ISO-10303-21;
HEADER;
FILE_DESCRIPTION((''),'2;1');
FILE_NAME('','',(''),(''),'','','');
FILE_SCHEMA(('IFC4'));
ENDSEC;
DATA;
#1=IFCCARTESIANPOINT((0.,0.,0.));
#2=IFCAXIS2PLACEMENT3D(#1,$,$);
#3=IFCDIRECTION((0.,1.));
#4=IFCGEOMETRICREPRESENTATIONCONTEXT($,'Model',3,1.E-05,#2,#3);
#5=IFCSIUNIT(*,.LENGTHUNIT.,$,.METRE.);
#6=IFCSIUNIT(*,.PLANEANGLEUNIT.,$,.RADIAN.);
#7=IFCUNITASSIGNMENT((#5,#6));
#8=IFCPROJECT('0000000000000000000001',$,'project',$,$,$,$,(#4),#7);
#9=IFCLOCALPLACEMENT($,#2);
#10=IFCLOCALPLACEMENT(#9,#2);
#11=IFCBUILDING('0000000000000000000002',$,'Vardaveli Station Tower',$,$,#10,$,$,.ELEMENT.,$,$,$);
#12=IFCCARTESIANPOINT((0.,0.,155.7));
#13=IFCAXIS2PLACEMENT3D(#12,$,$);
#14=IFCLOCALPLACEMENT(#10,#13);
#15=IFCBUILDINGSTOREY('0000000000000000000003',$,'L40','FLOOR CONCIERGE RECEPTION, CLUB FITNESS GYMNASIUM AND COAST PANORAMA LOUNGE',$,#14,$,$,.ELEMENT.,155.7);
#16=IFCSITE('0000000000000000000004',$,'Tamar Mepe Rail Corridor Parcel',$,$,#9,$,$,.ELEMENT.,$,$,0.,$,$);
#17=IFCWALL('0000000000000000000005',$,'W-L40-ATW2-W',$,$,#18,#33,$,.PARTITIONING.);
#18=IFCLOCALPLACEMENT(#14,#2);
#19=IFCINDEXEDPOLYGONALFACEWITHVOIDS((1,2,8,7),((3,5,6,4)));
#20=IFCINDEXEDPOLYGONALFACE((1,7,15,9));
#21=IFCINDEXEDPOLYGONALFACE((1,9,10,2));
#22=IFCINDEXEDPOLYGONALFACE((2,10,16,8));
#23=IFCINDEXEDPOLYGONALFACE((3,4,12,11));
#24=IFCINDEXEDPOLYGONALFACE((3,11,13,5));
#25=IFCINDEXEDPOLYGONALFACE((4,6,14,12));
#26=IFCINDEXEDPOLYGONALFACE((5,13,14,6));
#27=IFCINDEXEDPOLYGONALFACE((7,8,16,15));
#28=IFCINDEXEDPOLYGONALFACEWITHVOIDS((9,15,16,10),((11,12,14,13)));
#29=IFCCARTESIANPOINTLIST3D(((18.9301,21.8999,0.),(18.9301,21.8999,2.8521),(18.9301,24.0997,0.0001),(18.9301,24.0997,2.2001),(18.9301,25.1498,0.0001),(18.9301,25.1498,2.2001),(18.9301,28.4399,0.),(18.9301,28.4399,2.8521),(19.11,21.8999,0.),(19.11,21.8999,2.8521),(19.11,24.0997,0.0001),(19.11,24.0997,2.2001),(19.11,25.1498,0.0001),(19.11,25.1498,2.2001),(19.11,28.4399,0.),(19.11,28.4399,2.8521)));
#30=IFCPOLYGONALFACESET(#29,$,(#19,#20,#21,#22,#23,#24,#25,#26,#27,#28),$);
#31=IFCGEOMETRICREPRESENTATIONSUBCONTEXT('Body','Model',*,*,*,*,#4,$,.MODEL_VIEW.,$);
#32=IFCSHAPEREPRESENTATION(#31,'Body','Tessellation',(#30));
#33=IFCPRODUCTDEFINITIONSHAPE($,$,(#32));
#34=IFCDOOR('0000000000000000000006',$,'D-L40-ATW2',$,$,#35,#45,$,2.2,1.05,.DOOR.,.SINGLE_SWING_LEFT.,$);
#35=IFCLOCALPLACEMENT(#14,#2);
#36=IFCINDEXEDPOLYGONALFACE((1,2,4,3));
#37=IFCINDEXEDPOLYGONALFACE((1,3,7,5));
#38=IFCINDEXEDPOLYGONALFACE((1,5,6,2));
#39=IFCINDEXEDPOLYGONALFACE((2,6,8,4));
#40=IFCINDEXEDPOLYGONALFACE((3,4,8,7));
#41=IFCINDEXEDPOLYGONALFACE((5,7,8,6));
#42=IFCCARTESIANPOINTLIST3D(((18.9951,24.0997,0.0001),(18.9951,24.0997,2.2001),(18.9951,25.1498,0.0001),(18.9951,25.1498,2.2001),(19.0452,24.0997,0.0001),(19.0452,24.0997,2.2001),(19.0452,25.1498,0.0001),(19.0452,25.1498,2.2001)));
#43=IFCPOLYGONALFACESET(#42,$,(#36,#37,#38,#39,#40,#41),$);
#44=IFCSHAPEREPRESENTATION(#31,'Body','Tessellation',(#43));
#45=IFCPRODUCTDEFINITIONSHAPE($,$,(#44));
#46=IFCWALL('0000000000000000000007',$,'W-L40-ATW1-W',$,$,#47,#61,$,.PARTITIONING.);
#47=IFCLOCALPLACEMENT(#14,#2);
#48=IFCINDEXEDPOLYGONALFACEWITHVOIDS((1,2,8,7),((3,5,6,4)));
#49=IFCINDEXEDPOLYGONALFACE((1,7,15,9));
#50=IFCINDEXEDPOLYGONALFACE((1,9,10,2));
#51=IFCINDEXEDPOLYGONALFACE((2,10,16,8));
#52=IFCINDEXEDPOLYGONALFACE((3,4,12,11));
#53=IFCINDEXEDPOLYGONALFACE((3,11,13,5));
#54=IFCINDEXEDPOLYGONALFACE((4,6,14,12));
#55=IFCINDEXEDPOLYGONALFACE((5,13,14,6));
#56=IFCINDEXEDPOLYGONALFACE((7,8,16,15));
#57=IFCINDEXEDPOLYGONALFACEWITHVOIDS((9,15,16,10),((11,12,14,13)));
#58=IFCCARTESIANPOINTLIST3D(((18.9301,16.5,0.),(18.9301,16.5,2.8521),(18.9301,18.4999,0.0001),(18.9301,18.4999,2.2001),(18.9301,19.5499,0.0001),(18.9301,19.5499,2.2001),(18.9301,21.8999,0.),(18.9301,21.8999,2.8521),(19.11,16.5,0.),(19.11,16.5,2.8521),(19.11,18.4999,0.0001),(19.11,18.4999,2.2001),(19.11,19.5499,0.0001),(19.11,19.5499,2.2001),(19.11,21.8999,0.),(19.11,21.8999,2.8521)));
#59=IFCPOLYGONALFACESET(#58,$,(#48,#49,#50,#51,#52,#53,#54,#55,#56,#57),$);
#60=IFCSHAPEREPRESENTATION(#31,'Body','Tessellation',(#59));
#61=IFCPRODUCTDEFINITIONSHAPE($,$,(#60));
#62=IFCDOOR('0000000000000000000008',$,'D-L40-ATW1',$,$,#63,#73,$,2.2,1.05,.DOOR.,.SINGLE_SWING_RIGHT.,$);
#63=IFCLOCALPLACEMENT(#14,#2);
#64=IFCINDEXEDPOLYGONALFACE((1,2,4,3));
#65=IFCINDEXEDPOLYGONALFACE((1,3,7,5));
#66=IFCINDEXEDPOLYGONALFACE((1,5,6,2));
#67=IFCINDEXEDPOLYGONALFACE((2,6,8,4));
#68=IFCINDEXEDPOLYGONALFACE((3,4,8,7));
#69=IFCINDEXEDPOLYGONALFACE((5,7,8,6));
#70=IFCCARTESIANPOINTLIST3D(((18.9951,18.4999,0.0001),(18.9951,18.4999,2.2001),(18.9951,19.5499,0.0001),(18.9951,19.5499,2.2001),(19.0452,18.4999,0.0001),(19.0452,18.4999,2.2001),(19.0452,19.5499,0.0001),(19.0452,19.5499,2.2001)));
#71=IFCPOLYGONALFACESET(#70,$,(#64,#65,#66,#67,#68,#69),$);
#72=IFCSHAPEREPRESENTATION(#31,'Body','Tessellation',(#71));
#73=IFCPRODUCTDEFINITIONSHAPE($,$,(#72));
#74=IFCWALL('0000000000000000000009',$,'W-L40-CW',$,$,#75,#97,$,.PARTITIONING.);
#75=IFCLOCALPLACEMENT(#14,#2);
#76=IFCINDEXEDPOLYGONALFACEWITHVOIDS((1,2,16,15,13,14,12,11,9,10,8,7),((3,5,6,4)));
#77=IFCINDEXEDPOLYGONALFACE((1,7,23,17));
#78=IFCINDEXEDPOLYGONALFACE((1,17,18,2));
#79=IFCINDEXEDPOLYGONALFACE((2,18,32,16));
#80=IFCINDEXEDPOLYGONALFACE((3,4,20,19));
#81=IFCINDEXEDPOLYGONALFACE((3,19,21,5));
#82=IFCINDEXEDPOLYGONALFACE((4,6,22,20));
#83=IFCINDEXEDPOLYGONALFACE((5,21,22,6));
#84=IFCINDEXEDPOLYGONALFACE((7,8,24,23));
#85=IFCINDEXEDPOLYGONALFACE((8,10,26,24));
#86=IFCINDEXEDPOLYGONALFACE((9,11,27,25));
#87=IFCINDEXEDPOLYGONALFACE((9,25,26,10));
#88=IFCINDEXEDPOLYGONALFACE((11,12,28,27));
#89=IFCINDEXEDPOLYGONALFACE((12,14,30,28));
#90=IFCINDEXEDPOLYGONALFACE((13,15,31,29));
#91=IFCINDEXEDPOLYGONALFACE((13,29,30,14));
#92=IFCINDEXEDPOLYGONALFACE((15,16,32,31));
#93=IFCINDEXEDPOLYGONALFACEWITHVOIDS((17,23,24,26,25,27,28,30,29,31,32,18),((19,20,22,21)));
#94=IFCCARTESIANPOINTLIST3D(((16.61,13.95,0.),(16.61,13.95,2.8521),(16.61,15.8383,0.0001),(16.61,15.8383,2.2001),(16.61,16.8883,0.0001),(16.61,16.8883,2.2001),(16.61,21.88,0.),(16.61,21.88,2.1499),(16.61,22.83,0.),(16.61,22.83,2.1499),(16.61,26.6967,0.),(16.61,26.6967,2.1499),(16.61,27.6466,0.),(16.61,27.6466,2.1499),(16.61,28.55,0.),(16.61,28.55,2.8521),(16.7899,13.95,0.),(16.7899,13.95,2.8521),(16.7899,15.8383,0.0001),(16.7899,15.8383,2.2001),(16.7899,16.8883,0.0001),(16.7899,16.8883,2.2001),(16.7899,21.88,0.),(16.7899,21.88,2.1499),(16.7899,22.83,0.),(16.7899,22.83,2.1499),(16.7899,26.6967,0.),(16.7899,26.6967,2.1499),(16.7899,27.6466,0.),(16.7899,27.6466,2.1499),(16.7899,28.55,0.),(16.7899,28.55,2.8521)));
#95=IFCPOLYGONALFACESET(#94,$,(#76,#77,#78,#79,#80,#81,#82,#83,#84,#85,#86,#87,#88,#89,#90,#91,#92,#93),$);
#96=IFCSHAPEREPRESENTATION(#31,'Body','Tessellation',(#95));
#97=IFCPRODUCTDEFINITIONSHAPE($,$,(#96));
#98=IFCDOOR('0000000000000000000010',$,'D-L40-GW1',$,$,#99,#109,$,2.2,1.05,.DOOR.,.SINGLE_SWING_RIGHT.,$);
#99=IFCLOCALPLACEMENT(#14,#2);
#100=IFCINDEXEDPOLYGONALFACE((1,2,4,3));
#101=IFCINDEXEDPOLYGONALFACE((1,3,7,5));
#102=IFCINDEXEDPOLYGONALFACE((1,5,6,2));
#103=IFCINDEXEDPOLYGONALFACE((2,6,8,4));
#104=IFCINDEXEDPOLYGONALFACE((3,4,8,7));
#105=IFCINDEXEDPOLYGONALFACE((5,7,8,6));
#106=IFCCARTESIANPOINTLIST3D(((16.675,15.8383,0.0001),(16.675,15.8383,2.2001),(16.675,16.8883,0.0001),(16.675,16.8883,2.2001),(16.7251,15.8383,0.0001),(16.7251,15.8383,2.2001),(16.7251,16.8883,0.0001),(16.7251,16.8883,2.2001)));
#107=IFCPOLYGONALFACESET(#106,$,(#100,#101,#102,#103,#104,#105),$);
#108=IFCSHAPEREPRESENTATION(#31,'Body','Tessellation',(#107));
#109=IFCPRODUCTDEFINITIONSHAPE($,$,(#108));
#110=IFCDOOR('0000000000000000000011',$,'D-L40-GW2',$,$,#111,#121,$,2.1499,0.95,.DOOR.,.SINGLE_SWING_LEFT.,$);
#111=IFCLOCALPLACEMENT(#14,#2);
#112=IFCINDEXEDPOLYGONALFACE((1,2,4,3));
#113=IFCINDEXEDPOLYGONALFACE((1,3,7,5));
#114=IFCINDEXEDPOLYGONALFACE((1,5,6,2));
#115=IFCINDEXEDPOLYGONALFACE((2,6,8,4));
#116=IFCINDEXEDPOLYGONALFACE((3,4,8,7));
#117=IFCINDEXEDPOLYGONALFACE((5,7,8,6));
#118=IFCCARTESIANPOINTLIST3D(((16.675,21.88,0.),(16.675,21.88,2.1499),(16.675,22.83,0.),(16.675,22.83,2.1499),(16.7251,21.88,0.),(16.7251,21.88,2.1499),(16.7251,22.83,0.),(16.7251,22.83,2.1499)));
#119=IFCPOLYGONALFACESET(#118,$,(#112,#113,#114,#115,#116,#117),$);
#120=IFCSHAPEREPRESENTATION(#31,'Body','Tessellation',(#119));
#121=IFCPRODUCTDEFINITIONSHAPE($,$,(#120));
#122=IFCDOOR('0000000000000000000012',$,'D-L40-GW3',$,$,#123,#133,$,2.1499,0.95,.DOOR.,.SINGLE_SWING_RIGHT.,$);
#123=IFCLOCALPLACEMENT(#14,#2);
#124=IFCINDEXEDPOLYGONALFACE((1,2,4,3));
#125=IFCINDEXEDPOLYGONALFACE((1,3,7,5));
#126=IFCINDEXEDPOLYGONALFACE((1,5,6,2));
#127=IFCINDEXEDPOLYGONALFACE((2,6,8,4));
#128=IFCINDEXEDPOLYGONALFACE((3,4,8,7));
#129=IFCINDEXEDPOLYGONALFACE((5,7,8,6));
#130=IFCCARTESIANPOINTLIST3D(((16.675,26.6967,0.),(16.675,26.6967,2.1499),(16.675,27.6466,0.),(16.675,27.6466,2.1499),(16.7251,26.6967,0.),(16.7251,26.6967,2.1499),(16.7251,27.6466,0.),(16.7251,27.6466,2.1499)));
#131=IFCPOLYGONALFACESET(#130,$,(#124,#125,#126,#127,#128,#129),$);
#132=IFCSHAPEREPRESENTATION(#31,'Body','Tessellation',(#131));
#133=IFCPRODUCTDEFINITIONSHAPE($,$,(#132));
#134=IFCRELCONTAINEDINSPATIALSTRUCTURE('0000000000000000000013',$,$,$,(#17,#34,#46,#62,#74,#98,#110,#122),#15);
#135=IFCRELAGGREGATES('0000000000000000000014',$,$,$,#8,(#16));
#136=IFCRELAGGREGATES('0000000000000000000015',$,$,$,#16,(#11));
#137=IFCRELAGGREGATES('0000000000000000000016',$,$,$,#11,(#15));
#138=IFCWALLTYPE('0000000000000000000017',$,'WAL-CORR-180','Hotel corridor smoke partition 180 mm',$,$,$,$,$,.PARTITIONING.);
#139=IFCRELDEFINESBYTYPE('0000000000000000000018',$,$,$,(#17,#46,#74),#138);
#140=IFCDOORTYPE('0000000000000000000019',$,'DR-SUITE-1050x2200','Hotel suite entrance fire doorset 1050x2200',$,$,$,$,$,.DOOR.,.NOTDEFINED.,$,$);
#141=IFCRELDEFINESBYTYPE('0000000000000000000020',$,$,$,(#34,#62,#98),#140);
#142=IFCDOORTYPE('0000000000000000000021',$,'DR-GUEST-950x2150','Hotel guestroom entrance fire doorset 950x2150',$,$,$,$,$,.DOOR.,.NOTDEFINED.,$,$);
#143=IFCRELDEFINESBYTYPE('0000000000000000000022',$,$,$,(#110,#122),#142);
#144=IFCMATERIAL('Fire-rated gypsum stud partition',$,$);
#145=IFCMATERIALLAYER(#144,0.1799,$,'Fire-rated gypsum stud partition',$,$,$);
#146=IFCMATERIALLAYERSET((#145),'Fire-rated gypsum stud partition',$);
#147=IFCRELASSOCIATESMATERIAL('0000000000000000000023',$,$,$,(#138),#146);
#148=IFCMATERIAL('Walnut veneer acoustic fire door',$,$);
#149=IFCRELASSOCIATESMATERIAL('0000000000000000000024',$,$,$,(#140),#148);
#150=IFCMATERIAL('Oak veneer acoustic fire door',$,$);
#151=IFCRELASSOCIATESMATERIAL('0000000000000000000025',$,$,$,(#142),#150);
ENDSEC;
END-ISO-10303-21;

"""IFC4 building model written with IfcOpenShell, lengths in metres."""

from ifc_helpers import new_model, si_unit, direction, frame, frame_2d, origin, place, context, subcontext, project, spatial, rectangle, extrude, source, transform, mapped, material, layer, layer_set, type_object, element, fill, save


model = new_model("IFC4")

# Units and contexts
model_context = context("Model", 3, precision=1e-05, world=origin(), true_north=direction((0.0, 1.0)))
body_context = subcontext(model_context, "Body", "Model", "MODEL_VIEW")
ifc_project = project(units=[si_unit("LENGTHUNIT", "METRE"), si_unit("PLANEANGLEUNIT", "RADIAN")], contexts=[model_context])

# Site, building, storey
site_placement = place(None, origin())
site = spatial("IfcSite", under=ifc_project, at=site_placement, Name="Tamar Mepe Rail Corridor Parcel", CompositionType="ELEMENT", RefElevation=0.0)
building_placement = place(site_placement, origin())
building = spatial("IfcBuilding", under=site, at=building_placement, Name="Vardaveli Station Tower", CompositionType="ELEMENT")
storey_placement = place(building_placement, frame((0.0, 0.0, 155.7)))
storey = spatial("IfcBuildingStorey", under=building, at=storey_placement, Name="L40", Description="FLOOR CONCIERGE RECEPTION, CLUB FITNESS GYMNASIUM AND COAST PANORAMA LOUNGE", CompositionType="ELEMENT", Elevation=155.7)

# Walls, openings, doors
ifc_material_1 = material(Name="Fire-rated gypsum stud partition")
ifc_layer_1 = layer(ifc_material_1, 0.1799, Name="Fire-rated gypsum stud partition")
ifc_layer_set_1 = layer_set([ifc_layer_1], Name="Fire-rated gypsum stud partition")
wall_type_1 = type_object("IfcWallType", Name="WAL-CORR-180", Description="Hotel corridor smoke partition 180 mm", PredefinedType="PARTITIONING", material=ifc_layer_set_1)
shared_shape_1 = source(origin(), body_context, "Body", "SweptSolid", [
    extrude(rectangle(XDim=6.54, YDim=0.1799, at=frame_2d((3.27, 0.0))), origin(), (0.0, 0.0, 1.0), 2.8521),
])
wall_1_placement = place(storey_placement, frame((19.02, 21.8999, 0.0), z_axis=(0.0, 0.0, 1.0), x_axis=(0.0, 1.0, 0.0)))
wall_1 = element("IfcWall", 1, at=wall_1_placement, inside=storey, type_object=wall_type_1, Name="W-L40-ATW2-W", PredefinedType="PARTITIONING", context=body_context, shape_type="MappedRepresentation", body=[
    mapped(shared_shape_1, transform((0.0, 0.0, 0.0), scale=1.0)),
])
shared_shape_2 = source(origin(), body_context, "Body", "SweptSolid", [
    extrude(rectangle(XDim=1.05, YDim=2.2, at=frame_2d((0.5249, 1.1001))), frame((0.0, 0.1001, 0.0), z_axis=(0.0, -1.0, 0.0), x_axis=(1.0, 0.0, 0.0)), (0.0, 0.0, 1.0), 0.2),
])
opening_1_placement = place(wall_1_placement, frame((2.2, 0.0, 0.0)))
opening_1 = element("IfcOpeningElement", 2, at=opening_1_placement, cuts=wall_1, PredefinedType="OPENING", context=body_context, shape_type="MappedRepresentation", body=[
    mapped(shared_shape_2, transform((0.0, 0.0, 0.0), scale=1.0)),
])
ifc_material_2 = material(Name="Walnut veneer acoustic fire door")
door_type_1 = type_object("IfcDoorType", Name="DR-SUITE-1050x2200", Description="Hotel suite entrance fire doorset 1050x2200", OperationType="NOTDEFINED", PredefinedType="DOOR", material=ifc_material_2)
shared_shape_3 = source(origin(), body_context, "Body", "SweptSolid", [
    extrude(rectangle(XDim=1.05, YDim=2.2, at=frame_2d((0.5249, 1.1001))), frame((0.0, 0.0249, 0.0), z_axis=(0.0, -1.0, 0.0), x_axis=(1.0, 0.0, 0.0)), (0.0, 0.0, 1.0), 0.05),
])
door_1_placement = place(opening_1_placement, origin())
door_1 = element("IfcDoor", 3, at=door_1_placement, inside=storey, type_object=door_type_1, Name="D-L40-ATW2", OperationType="SINGLE_SWING_LEFT", OverallHeight=2.2, OverallWidth=1.05, PredefinedType="DOOR", context=body_context, shape_type="MappedRepresentation", body=[
    mapped(shared_shape_3, transform((0.0, 0.0, 0.0), scale=1.0)),
])
fill(opening_1, door_1)
shared_shape_4 = source(origin(), body_context, "Body", "SweptSolid", [
    extrude(rectangle(XDim=5.3999, YDim=0.1799, at=frame_2d((2.7, 0.0))), origin(), (0.0, 0.0, 1.0), 2.8521),
])
wall_2_placement = place(storey_placement, frame((19.02, 16.5, 0.0), z_axis=(0.0, 0.0, 1.0), x_axis=(0.0, 1.0, 0.0)))
wall_2 = element("IfcWall", 4, at=wall_2_placement, inside=storey, type_object=wall_type_1, Name="W-L40-ATW1-W", PredefinedType="PARTITIONING", context=body_context, shape_type="MappedRepresentation", body=[
    mapped(shared_shape_4, transform((0.0, 0.0, 0.0), scale=1.0)),
])
opening_2_placement = place(wall_2_placement, frame((2.0, 0.0, 0.0)))
opening_2 = element("IfcOpeningElement", 5, at=opening_2_placement, cuts=wall_2, PredefinedType="OPENING", context=body_context, shape_type="MappedRepresentation", body=[
    mapped(shared_shape_2, transform((0.0, 0.0, 0.0), scale=1.0)),
])
door_2_placement = place(opening_2_placement, origin())
door_2 = element("IfcDoor", 6, at=door_2_placement, inside=storey, type_object=door_type_1, Name="D-L40-ATW1", OperationType="SINGLE_SWING_RIGHT", OverallHeight=2.2, OverallWidth=1.05, PredefinedType="DOOR", context=body_context, shape_type="MappedRepresentation", body=[
    mapped(shared_shape_3, transform((0.0, 0.0, 0.0), scale=1.0)),
])
fill(opening_2, door_2)

# Wall, openings, doors
shared_shape_5 = source(origin(), body_context, "Body", "SweptSolid", [
    extrude(rectangle(XDim=14.6001, YDim=0.1799, at=frame_2d((7.3, 0.0))), origin(), (0.0, 0.0, 1.0), 2.8521),
])
wall_3_placement = place(storey_placement, frame((16.7, 13.95, 0.0), z_axis=(0.0, 0.0, 1.0), x_axis=(0.0, 1.0, 0.0)))
wall_3 = element("IfcWall", 7, at=wall_3_placement, inside=storey, type_object=wall_type_1, Name="W-L40-CW", PredefinedType="PARTITIONING", context=body_context, shape_type="MappedRepresentation", body=[
    mapped(shared_shape_5, transform((0.0, 0.0, 0.0), scale=1.0)),
])
opening_3_placement = place(wall_3_placement, frame((1.8884, 0.0, 0.0)))
opening_3 = element("IfcOpeningElement", 8, at=opening_3_placement, cuts=wall_3, PredefinedType="OPENING", context=body_context, shape_type="MappedRepresentation", body=[
    mapped(shared_shape_2, transform((0.0, 0.0, 0.0), scale=1.0)),
])
shared_shape_6 = source(origin(), body_context, "Body", "SweptSolid", [
    extrude(rectangle(XDim=0.95, YDim=2.1499, at=frame_2d((0.4751, 1.075))), frame((0.0, 0.1001, 0.0), z_axis=(0.0, -1.0, 0.0), x_axis=(1.0, 0.0, 0.0)), (0.0, 0.0, 1.0), 0.2),
])
opening_4_placement = place(wall_3_placement, frame((7.9299, 0.0, 0.0)))
opening_4 = element("IfcOpeningElement", 9, at=opening_4_placement, cuts=wall_3, PredefinedType="OPENING", context=body_context, shape_type="MappedRepresentation", body=[
    mapped(shared_shape_6, transform((0.0, 0.0, 0.0), scale=1.0)),
])
opening_5_placement = place(wall_3_placement, frame((12.7466, 0.0, 0.0)))
opening_5 = element("IfcOpeningElement", 10, at=opening_5_placement, cuts=wall_3, PredefinedType="OPENING", context=body_context, shape_type="MappedRepresentation", body=[
    mapped(shared_shape_6, transform((0.0, 0.0, 0.0), scale=1.0)),
])
door_3_placement = place(opening_3_placement, origin())
door_3 = element("IfcDoor", 11, at=door_3_placement, inside=storey, type_object=door_type_1, Name="D-L40-GW1", OperationType="SINGLE_SWING_RIGHT", OverallHeight=2.2, OverallWidth=1.05, PredefinedType="DOOR", context=body_context, shape_type="MappedRepresentation", body=[
    mapped(shared_shape_3, transform((0.0, 0.0, 0.0), scale=1.0)),
])
fill(opening_3, door_3)
ifc_material_3 = material(Name="Oak veneer acoustic fire door")
door_type_2 = type_object("IfcDoorType", Name="DR-GUEST-950x2150", Description="Hotel guestroom entrance fire doorset 950x2150", OperationType="NOTDEFINED", PredefinedType="DOOR", material=ifc_material_3)
shared_shape_7 = source(origin(), body_context, "Body", "SweptSolid", [
    extrude(rectangle(XDim=0.95, YDim=2.1499, at=frame_2d((0.4751, 1.075))), frame((0.0, 0.0249, 0.0), z_axis=(0.0, -1.0, 0.0), x_axis=(1.0, 0.0, 0.0)), (0.0, 0.0, 1.0), 0.05),
])
door_4_placement = place(opening_4_placement, origin())
door_4 = element("IfcDoor", 12, at=door_4_placement, inside=storey, type_object=door_type_2, Name="D-L40-GW2", OperationType="SINGLE_SWING_LEFT", OverallHeight=2.1499, OverallWidth=0.95, PredefinedType="DOOR", context=body_context, shape_type="MappedRepresentation", body=[
    mapped(shared_shape_7, transform((0.0, 0.0, 0.0), scale=1.0)),
])
fill(opening_4, door_4)
door_5_placement = place(opening_5_placement, origin())
door_5 = element("IfcDoor", 13, at=door_5_placement, inside=storey, type_object=door_type_2, Name="D-L40-GW3", OperationType="SINGLE_SWING_RIGHT", OverallHeight=2.1499, OverallWidth=0.95, PredefinedType="DOOR", context=body_context, shape_type="MappedRepresentation", body=[
    mapped(shared_shape_7, transform((0.0, 0.0, 0.0), scale=1.0)),
])
fill(opening_5, door_5)

save(model, "model.ifc")
